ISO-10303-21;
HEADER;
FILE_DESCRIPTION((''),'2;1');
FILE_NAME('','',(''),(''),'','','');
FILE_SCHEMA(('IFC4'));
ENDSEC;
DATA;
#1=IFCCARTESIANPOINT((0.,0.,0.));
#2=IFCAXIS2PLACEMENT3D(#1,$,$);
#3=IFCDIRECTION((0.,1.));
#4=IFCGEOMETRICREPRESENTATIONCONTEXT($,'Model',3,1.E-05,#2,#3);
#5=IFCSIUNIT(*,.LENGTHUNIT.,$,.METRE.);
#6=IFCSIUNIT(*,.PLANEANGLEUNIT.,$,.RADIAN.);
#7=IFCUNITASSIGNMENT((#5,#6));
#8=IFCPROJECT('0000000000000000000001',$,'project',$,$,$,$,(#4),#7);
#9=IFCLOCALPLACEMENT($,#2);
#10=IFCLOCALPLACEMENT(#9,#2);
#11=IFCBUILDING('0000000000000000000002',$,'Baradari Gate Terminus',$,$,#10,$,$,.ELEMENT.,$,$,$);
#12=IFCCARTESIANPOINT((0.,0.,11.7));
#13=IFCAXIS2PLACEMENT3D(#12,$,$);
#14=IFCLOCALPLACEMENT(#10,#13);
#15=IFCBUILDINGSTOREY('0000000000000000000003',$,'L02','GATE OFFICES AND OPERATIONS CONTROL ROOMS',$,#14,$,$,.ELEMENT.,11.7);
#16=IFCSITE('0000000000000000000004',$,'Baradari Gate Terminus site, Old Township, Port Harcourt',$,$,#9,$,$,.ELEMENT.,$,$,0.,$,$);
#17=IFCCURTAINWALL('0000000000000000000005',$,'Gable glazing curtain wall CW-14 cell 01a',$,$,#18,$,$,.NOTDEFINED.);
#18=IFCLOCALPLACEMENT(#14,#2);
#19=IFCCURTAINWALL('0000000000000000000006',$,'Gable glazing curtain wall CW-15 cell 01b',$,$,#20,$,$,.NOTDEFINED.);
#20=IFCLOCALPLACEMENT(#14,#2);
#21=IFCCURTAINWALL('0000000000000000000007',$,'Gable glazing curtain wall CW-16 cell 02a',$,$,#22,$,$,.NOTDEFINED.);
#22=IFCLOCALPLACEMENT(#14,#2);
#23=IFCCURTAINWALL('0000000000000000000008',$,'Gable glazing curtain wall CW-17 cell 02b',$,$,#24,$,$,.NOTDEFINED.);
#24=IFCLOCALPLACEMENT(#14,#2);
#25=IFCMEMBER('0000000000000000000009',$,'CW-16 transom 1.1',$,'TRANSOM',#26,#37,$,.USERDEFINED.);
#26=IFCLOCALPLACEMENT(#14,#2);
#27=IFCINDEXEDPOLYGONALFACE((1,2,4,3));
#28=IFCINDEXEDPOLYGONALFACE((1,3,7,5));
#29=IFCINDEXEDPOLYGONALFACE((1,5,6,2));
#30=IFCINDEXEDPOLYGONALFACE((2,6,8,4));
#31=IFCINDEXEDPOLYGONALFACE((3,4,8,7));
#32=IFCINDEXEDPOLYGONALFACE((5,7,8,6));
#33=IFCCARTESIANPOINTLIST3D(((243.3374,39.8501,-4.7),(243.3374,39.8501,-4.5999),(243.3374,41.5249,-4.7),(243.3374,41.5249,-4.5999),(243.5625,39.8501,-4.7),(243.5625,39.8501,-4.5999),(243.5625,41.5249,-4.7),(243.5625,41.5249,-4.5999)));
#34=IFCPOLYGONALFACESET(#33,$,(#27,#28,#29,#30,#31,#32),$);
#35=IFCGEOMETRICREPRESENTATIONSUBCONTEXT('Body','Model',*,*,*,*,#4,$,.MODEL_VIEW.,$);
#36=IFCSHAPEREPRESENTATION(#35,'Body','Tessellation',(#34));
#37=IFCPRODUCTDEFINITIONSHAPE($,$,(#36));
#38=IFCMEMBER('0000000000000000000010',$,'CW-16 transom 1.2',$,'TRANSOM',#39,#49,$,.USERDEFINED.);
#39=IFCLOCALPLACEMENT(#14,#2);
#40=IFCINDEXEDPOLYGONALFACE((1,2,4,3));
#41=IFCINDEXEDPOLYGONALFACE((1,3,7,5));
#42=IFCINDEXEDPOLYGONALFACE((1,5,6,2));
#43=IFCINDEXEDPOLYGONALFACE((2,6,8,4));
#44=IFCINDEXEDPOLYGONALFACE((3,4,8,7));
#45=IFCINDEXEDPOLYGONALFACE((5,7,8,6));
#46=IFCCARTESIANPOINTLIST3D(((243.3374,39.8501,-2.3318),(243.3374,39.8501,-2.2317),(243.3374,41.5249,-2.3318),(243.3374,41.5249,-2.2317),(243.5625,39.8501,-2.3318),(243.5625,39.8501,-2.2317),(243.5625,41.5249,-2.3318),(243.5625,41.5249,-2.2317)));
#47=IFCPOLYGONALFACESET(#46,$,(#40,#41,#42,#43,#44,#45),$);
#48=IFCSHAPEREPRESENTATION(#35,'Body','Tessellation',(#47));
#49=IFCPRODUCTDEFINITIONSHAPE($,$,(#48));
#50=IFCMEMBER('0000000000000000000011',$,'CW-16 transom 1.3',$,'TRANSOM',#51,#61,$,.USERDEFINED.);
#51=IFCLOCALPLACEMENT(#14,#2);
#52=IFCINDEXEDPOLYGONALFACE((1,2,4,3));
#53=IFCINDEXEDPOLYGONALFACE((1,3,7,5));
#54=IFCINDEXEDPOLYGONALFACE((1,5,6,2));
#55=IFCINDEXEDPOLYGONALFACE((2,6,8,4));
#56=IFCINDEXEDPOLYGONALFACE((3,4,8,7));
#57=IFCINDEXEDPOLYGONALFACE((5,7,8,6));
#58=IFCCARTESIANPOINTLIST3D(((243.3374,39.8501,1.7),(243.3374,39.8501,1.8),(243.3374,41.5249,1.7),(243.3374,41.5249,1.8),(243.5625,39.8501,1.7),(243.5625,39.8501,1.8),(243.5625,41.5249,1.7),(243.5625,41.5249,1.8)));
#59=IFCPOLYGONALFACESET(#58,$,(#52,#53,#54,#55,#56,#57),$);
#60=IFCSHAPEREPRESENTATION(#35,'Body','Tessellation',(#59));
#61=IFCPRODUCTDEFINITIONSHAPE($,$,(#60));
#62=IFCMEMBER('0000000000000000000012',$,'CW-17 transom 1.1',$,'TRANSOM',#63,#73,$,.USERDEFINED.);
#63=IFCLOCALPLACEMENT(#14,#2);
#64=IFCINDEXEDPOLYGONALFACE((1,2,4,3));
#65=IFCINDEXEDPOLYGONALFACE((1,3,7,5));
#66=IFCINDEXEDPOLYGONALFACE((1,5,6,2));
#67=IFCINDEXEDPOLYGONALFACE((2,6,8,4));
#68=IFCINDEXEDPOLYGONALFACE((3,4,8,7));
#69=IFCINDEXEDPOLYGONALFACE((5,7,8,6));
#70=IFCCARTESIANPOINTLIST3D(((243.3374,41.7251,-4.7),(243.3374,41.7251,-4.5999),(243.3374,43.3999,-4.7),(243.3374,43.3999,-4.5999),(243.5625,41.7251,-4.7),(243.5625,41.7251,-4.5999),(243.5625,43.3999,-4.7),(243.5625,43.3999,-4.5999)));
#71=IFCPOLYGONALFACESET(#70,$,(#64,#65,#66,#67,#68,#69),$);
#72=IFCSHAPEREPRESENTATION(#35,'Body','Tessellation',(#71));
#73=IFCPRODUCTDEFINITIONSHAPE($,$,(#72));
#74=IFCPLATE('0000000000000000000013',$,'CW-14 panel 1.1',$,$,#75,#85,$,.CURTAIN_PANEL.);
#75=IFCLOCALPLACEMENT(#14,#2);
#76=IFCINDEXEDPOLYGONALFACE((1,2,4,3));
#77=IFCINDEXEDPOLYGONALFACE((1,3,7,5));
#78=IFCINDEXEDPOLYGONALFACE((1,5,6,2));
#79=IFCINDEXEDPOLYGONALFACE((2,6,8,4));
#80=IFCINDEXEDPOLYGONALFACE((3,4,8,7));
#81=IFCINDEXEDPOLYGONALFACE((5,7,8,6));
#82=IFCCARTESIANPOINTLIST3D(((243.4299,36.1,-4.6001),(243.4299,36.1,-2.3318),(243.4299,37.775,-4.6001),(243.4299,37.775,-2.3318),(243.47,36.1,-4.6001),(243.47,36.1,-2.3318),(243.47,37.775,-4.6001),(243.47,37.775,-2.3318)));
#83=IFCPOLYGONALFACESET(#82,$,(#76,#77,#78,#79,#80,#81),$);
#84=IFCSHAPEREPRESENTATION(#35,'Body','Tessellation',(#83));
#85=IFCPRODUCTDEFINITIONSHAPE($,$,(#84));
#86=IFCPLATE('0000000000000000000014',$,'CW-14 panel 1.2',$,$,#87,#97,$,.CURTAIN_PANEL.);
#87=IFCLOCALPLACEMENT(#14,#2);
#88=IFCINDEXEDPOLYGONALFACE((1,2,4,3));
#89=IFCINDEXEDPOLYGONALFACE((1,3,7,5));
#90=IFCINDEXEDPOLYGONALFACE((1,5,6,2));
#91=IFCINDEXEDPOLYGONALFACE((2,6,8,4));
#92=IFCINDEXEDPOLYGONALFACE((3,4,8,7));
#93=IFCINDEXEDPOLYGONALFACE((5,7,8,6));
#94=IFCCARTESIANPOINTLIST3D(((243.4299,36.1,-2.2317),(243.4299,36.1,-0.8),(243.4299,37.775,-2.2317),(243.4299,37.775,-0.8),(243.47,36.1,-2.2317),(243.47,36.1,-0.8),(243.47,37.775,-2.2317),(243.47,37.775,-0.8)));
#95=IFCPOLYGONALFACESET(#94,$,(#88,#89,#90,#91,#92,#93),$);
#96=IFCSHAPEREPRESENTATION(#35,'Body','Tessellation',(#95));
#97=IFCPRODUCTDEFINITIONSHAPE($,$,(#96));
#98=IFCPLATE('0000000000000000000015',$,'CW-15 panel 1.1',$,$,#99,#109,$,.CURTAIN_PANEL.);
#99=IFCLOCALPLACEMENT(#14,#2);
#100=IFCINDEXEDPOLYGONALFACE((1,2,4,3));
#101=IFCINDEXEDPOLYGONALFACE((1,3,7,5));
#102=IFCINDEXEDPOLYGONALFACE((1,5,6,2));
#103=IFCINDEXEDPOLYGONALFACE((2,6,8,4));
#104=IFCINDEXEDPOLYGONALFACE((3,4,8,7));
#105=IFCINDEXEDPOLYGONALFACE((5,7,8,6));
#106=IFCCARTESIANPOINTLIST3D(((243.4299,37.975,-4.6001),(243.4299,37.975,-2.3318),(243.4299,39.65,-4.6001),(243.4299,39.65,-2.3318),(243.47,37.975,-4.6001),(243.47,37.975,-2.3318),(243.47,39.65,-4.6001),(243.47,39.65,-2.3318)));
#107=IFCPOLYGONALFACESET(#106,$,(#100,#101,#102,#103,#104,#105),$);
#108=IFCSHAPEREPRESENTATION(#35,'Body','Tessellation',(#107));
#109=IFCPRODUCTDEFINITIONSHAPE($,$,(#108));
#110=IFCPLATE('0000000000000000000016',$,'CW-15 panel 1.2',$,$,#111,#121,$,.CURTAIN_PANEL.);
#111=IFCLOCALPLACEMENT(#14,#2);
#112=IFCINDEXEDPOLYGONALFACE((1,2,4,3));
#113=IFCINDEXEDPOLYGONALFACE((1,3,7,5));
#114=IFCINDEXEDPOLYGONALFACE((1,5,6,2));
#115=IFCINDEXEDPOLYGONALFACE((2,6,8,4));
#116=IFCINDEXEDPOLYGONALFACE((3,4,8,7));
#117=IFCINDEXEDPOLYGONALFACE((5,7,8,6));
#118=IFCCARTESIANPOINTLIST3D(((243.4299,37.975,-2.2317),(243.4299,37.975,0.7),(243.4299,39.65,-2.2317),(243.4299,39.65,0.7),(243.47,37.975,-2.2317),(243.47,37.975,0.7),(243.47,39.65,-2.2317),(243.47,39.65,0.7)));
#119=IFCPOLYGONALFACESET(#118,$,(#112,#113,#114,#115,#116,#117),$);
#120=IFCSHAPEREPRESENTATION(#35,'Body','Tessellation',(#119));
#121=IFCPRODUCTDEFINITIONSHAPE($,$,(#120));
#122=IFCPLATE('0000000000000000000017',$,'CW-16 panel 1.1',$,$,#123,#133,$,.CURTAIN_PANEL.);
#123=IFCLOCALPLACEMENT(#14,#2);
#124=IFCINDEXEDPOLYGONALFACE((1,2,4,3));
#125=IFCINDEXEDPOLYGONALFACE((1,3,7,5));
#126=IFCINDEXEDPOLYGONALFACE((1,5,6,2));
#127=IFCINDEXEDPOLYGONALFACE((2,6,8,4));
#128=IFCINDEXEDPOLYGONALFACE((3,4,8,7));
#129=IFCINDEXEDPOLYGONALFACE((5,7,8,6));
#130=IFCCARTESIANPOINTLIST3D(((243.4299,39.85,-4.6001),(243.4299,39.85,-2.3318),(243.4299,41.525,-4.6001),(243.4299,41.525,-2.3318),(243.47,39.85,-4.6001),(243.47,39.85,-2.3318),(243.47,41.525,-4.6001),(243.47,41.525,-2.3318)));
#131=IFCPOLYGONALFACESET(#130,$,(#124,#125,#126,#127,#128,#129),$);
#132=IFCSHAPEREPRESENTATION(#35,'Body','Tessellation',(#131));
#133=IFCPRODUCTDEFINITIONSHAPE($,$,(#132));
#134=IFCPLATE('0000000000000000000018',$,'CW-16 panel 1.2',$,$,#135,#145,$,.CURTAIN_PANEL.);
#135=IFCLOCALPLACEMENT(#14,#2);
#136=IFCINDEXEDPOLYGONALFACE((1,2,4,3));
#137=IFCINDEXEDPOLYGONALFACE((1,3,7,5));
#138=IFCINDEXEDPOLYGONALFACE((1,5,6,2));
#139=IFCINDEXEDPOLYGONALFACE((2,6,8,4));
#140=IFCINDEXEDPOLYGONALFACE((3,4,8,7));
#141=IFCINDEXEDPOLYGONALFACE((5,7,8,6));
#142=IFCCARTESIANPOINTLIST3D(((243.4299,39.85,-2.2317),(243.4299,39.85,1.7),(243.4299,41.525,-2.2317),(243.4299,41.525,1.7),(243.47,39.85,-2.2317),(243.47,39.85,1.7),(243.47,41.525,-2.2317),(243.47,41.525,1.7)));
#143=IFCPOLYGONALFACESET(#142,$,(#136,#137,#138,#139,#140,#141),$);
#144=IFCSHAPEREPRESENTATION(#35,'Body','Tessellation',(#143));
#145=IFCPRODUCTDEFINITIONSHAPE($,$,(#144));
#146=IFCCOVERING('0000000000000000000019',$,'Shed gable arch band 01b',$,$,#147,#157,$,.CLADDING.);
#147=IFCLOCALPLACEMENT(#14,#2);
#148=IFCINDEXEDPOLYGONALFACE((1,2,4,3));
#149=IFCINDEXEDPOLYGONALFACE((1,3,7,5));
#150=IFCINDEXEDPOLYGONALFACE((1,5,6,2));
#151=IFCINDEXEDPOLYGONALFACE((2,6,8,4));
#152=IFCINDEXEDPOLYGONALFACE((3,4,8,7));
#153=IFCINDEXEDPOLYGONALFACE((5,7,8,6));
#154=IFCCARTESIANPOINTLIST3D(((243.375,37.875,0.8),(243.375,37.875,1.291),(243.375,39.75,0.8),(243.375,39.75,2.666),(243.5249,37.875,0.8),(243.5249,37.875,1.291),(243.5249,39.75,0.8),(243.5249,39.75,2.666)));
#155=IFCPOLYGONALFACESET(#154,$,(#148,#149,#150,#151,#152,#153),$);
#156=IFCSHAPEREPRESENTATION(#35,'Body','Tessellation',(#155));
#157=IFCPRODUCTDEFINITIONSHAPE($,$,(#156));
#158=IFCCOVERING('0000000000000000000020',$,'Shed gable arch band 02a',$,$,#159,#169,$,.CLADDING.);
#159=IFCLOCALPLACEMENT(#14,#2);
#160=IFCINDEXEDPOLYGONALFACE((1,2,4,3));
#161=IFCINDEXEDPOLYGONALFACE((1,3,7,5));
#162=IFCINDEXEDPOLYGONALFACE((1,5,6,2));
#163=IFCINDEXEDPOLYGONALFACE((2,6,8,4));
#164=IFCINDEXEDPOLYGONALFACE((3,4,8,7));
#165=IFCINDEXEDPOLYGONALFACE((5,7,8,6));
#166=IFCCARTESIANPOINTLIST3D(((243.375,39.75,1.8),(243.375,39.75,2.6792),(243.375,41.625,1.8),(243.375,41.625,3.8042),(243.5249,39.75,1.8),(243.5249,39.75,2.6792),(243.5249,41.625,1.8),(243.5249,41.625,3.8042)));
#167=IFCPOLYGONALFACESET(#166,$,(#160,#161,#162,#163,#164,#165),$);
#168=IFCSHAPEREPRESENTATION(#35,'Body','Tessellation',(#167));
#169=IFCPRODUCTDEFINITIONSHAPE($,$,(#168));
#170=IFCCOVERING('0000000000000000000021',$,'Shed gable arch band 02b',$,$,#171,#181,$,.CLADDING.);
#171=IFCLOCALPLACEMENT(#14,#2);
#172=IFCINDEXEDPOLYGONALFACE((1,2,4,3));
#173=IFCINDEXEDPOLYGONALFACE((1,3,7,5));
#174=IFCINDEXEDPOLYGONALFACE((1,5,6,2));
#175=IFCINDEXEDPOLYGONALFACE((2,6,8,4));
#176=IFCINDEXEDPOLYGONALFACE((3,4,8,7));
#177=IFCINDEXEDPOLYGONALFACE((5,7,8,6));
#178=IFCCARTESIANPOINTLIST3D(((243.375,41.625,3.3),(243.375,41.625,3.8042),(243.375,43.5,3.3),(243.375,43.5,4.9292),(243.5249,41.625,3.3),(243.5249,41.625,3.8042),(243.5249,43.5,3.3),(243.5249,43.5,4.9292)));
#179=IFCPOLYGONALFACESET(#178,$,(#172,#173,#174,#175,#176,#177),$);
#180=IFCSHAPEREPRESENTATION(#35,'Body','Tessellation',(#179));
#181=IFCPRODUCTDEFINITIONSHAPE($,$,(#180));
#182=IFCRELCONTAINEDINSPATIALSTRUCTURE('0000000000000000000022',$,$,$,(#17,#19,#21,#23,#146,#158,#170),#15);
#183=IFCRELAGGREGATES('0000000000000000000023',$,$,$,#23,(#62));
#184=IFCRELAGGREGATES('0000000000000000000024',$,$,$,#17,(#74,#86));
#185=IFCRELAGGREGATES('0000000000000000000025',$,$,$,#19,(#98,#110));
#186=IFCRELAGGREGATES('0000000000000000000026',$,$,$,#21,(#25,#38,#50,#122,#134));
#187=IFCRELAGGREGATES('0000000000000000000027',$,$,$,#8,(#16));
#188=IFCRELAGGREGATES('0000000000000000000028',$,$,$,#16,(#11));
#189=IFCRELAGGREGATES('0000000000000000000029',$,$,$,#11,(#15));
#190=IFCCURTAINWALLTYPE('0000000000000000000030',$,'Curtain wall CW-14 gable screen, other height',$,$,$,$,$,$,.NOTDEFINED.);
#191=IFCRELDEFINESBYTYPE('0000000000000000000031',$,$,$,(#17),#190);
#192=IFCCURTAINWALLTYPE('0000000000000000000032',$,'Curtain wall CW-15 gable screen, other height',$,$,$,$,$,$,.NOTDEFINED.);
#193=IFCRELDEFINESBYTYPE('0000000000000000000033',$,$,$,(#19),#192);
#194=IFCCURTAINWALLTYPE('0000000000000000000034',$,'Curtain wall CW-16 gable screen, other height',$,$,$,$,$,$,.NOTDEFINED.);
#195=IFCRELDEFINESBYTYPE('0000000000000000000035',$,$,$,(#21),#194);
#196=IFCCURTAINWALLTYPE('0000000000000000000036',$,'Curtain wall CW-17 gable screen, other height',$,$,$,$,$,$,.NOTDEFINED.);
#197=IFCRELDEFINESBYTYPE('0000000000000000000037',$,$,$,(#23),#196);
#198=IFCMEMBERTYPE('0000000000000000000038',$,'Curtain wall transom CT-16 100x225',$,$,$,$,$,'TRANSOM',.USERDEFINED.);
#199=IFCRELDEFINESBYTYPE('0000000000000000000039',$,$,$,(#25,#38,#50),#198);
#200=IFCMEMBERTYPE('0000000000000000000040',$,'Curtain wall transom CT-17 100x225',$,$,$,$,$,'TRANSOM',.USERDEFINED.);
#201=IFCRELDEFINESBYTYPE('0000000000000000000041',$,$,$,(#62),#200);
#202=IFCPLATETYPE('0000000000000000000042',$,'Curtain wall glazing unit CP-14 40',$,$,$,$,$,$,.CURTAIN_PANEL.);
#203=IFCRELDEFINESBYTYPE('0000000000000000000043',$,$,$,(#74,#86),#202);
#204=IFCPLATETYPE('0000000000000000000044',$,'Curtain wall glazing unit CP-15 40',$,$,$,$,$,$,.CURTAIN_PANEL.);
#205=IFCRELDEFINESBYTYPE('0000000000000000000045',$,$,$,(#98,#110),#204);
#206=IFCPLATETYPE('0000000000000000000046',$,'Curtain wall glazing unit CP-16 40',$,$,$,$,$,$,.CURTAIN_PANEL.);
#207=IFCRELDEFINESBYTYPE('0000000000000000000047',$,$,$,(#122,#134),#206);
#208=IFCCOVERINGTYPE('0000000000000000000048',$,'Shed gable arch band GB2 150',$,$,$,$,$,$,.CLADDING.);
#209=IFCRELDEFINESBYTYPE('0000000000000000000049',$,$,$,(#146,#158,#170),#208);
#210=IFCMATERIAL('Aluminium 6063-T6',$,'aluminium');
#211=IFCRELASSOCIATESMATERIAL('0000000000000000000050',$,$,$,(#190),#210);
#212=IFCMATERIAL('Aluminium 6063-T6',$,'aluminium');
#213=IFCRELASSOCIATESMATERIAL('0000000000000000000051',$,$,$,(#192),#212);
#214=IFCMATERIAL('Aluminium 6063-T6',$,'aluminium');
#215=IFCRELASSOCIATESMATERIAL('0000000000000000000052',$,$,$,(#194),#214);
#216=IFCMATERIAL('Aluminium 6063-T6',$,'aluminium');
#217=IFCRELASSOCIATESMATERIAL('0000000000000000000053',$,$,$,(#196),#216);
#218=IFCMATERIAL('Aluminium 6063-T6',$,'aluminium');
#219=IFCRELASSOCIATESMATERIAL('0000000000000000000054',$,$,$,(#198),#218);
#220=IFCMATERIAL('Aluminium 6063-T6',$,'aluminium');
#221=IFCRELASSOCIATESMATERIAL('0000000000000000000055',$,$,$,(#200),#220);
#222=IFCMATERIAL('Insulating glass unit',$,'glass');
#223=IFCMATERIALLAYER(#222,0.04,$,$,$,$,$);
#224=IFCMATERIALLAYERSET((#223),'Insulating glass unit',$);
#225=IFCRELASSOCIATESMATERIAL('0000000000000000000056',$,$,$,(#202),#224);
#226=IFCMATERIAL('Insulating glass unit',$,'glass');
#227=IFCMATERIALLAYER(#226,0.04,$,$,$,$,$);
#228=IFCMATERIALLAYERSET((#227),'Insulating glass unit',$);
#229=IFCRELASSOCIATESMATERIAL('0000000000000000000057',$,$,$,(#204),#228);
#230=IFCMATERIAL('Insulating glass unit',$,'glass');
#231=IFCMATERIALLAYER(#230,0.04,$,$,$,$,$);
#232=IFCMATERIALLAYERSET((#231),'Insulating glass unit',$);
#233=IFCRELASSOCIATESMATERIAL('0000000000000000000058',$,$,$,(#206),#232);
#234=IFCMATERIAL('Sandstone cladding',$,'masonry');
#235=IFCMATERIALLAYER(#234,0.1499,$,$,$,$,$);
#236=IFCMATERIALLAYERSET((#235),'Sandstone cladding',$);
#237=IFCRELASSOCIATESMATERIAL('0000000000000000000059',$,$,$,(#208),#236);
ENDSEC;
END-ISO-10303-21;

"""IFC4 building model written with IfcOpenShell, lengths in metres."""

from ifc_helpers import new_model, si_unit, direction, frame, origin, origin_2d, place, context, subcontext, project, spatial, polyline, rectangle, outline, extrude, material, layer, layer_set, material_profile, profile_set, type_object, element, aggregate, save


model = new_model("IFC4")

# Units and contexts
model_context = context("Model", 3, precision=1e-05, world=origin(), true_north=direction((0.0, 1.0)))
body_context = subcontext(model_context, "Body", "Model", "MODEL_VIEW")
ifc_project = project(units=[si_unit("LENGTHUNIT", "METRE"), si_unit("PLANEANGLEUNIT", "RADIAN")], contexts=[model_context])

# Site, building, storey
site_placement = place(None, origin())
site = spatial("IfcSite", under=ifc_project, at=site_placement, Name="Baradari Gate Terminus site, Old Township, Port Harcourt", CompositionType="ELEMENT", RefElevation=0.0)
building_placement = place(site_placement, origin())
building = spatial("IfcBuilding", under=site, at=building_placement, Name="Baradari Gate Terminus", CompositionType="ELEMENT")
storey_placement = place(building_placement, frame((0.0, 0.0, 11.7)))
storey = spatial("IfcBuildingStorey", under=building, at=storey_placement, Name="L02", Description="GATE OFFICES AND OPERATIONS CONTROL ROOMS", CompositionType="ELEMENT", Elevation=11.7)

# Curtain walls
ifc_material_1 = material(Name="Aluminium 6063-T6", Category="aluminium")
curtain_wall_type_1 = type_object("IfcCurtainWallType", Name="Curtain wall CW-14 gable screen, other height", PredefinedType="NOTDEFINED", material=ifc_material_1)
curtain_wall_1_placement = place(storey_placement, origin())
curtain_wall_1 = element("IfcCurtainWall", 1, at=curtain_wall_1_placement, inside=storey, type_object=curtain_wall_type_1, Name="Gable glazing curtain wall CW-14 cell 01a", PredefinedType="NOTDEFINED")
ifc_material_2 = material(Name="Aluminium 6063-T6", Category="aluminium")
curtain_wall_type_2 = type_object("IfcCurtainWallType", Name="Curtain wall CW-15 gable screen, other height", PredefinedType="NOTDEFINED", material=ifc_material_2)
curtain_wall_2_placement = place(storey_placement, origin())
curtain_wall_2 = element("IfcCurtainWall", 2, at=curtain_wall_2_placement, inside=storey, type_object=curtain_wall_type_2, Name="Gable glazing curtain wall CW-15 cell 01b", PredefinedType="NOTDEFINED")
ifc_material_3 = material(Name="Aluminium 6063-T6", Category="aluminium")
curtain_wall_type_3 = type_object("IfcCurtainWallType", Name="Curtain wall CW-16 gable screen, other height", PredefinedType="NOTDEFINED", material=ifc_material_3)
curtain_wall_3_placement = place(storey_placement, origin())
curtain_wall_3 = element("IfcCurtainWall", 3, at=curtain_wall_3_placement, inside=storey, type_object=curtain_wall_type_3, Name="Gable glazing curtain wall CW-16 cell 02a", PredefinedType="NOTDEFINED")

# Curtain wall
ifc_material_4 = material(Name="Aluminium 6063-T6", Category="aluminium")
curtain_wall_type_4 = type_object("IfcCurtainWallType", Name="Curtain wall CW-17 gable screen, other height", PredefinedType="NOTDEFINED", material=ifc_material_4)
curtain_wall_4_placement = place(storey_placement, origin())
curtain_wall_4 = element("IfcCurtainWall", 4, at=curtain_wall_4_placement, inside=storey, type_object=curtain_wall_type_4, Name="Gable glazing curtain wall CW-17 cell 02b", PredefinedType="NOTDEFINED")

# Members
ifc_material_5 = material(Name="Aluminium 6063-T6", Category="aluminium")
ifc_material_profile_1 = material_profile(ifc_material_5, rectangle(XDim=0.2251, YDim=0.1001, at=origin_2d()), Name="CT-16 100X225")
ifc_profile_set_1 = profile_set([ifc_material_profile_1], Name="Aluminium 6063-T6")
member_type_1 = type_object("IfcMemberType", Name="Curtain wall transom CT-16 100x225", ElementType="TRANSOM", PredefinedType="USERDEFINED", material=ifc_profile_set_1)
member_1_placement = place(storey_placement, frame((243.45, 39.8501, -4.6499), z_axis=(0.0, 1.0, 0.0), x_axis=(-1.0, 0.0, 0.0)))
member_1 = element("IfcMember", 5, at=member_1_placement, type_object=member_type_1, Name="CW-16 transom 1.1", ObjectType="TRANSOM", PredefinedType="USERDEFINED", context=body_context, shape_type="SweptSolid", body=[
    extrude(rectangle(XDim=0.2251, YDim=0.1001, at=origin_2d()), origin(), (0.0, 0.0, 1.0), 1.6748),
])
member_2_placement = place(storey_placement, frame((243.45, 39.8501, -2.2817), z_axis=(0.0, 1.0, 0.0), x_axis=(-1.0, 0.0, 0.0)))
member_2 = element("IfcMember", 6, at=member_2_placement, type_object=member_type_1, Name="CW-16 transom 1.2", ObjectType="TRANSOM", PredefinedType="USERDEFINED", context=body_context, shape_type="SweptSolid", body=[
    extrude(rectangle(XDim=0.2251, YDim=0.1001, at=origin_2d()), origin(), (0.0, 0.0, 1.0), 1.6748),
])
member_3_placement = place(storey_placement, frame((243.45, 39.8501, 1.75), z_axis=(0.0, 1.0, 0.0), x_axis=(-1.0, 0.0, 0.0)))
member_3 = element("IfcMember", 7, at=member_3_placement, type_object=member_type_1, Name="CW-16 transom 1.3", ObjectType="TRANSOM", PredefinedType="USERDEFINED", context=body_context, shape_type="SweptSolid", body=[
    extrude(rectangle(XDim=0.2251, YDim=0.1001, at=origin_2d()), origin(), (0.0, 0.0, 1.0), 1.6748),
])
ifc_material_6 = material(Name="Aluminium 6063-T6", Category="aluminium")
ifc_material_profile_2 = material_profile(ifc_material_6, rectangle(XDim=0.2251, YDim=0.1001, at=origin_2d()), Name="CT-17 100X225")
ifc_profile_set_2 = profile_set([ifc_material_profile_2], Name="Aluminium 6063-T6")
member_type_2 = type_object("IfcMemberType", Name="Curtain wall transom CT-17 100x225", ElementType="TRANSOM", PredefinedType="USERDEFINED", material=ifc_profile_set_2)
member_4_placement = place(storey_placement, frame((243.45, 41.7251, -4.6499), z_axis=(0.0, 1.0, 0.0), x_axis=(-1.0, 0.0, 0.0)))
member_4 = element("IfcMember", 8, at=member_4_placement, type_object=member_type_2, Name="CW-17 transom 1.1", ObjectType="TRANSOM", PredefinedType="USERDEFINED", context=body_context, shape_type="SweptSolid", body=[
    extrude(rectangle(XDim=0.2251, YDim=0.1001, at=origin_2d()), origin(), (0.0, 0.0, 1.0), 1.6748),
])
aggregate(curtain_wall_4, [member_4])

# Plates
ifc_material_7 = material(Name="Insulating glass unit", Category="glass")
ifc_layer_1 = layer(ifc_material_7, 0.04)
ifc_layer_set_1 = layer_set([ifc_layer_1], Name="Insulating glass unit")
plate_type_1 = type_object("IfcPlateType", Name="Curtain wall glazing unit CP-14 40", PredefinedType="CURTAIN_PANEL", material=ifc_layer_set_1)
plate_1_placement = place(storey_placement, frame((243.45, 36.9375, -4.6001), z_axis=(0.0, 0.0, 1.0), x_axis=(0.0, 1.0, 0.0)))
plate_1 = element("IfcPlate", 9, at=plate_1_placement, type_object=plate_type_1, Name="CW-14 panel 1.1", PredefinedType="CURTAIN_PANEL", context=body_context, shape_type="SweptSolid", body=[
    extrude(rectangle(XDim=1.675, YDim=0.04, at=origin_2d()), origin(), (0.0, 0.0, 1.0), 2.2683),
])
plate_2_placement = place(storey_placement, frame((243.45, 36.9375, -2.2317), z_axis=(0.0, 0.0, 1.0), x_axis=(0.0, 1.0, 0.0)))
plate_2 = element("IfcPlate", 10, at=plate_2_placement, type_object=plate_type_1, Name="CW-14 panel 1.2", PredefinedType="CURTAIN_PANEL", context=body_context, shape_type="SweptSolid", body=[
    extrude(rectangle(XDim=1.675, YDim=0.04, at=origin_2d()), origin(), (0.0, 0.0, 1.0), 1.4316),
])
aggregate(curtain_wall_1, [plate_1, plate_2])
ifc_material_8 = material(Name="Insulating glass unit", Category="glass")
ifc_layer_2 = layer(ifc_material_8, 0.04)
ifc_layer_set_2 = layer_set([ifc_layer_2], Name="Insulating glass unit")
plate_type_2 = type_object("IfcPlateType", Name="Curtain wall glazing unit CP-15 40", PredefinedType="CURTAIN_PANEL", material=ifc_layer_set_2)
plate_3_placement = place(storey_placement, frame((243.45, 38.8125, -4.6001), z_axis=(0.0, 0.0, 1.0), x_axis=(0.0, 1.0, 0.0)))
plate_3 = element("IfcPlate", 11, at=plate_3_placement, type_object=plate_type_2, Name="CW-15 panel 1.1", PredefinedType="CURTAIN_PANEL", context=body_context, shape_type="SweptSolid", body=[
    extrude(rectangle(XDim=1.675, YDim=0.04, at=origin_2d()), origin(), (0.0, 0.0, 1.0), 2.2683),
])
plate_4_placement = place(storey_placement, frame((243.45, 38.8125, -2.2317), z_axis=(0.0, 0.0, 1.0), x_axis=(0.0, 1.0, 0.0)))
plate_4 = element("IfcPlate", 12, at=plate_4_placement, type_object=plate_type_2, Name="CW-15 panel 1.2", PredefinedType="CURTAIN_PANEL", context=body_context, shape_type="SweptSolid", body=[
    extrude(rectangle(XDim=1.675, YDim=0.04, at=origin_2d()), origin(), (0.0, 0.0, 1.0), 2.9316),
])
aggregate(curtain_wall_2, [plate_3, plate_4])
ifc_material_9 = material(Name="Insulating glass unit", Category="glass")
ifc_layer_3 = layer(ifc_material_9, 0.04)
ifc_layer_set_3 = layer_set([ifc_layer_3], Name="Insulating glass unit")
plate_type_3 = type_object("IfcPlateType", Name="Curtain wall glazing unit CP-16 40", PredefinedType="CURTAIN_PANEL", material=ifc_layer_set_3)
plate_5_placement = place(storey_placement, frame((243.45, 40.6875, -4.6001), z_axis=(0.0, 0.0, 1.0), x_axis=(0.0, 1.0, 0.0)))
plate_5 = element("IfcPlate", 13, at=plate_5_placement, type_object=plate_type_3, Name="CW-16 panel 1.1", PredefinedType="CURTAIN_PANEL", context=body_context, shape_type="SweptSolid", body=[
    extrude(rectangle(XDim=1.675, YDim=0.04, at=origin_2d()), origin(), (0.0, 0.0, 1.0), 2.2683),
])
plate_6_placement = place(storey_placement, frame((243.45, 40.6875, -2.2317), z_axis=(0.0, 0.0, 1.0), x_axis=(0.0, 1.0, 0.0)))
plate_6 = element("IfcPlate", 14, at=plate_6_placement, type_object=plate_type_3, Name="CW-16 panel 1.2", PredefinedType="CURTAIN_PANEL", context=body_context, shape_type="SweptSolid", body=[
    extrude(rectangle(XDim=1.675, YDim=0.04, at=origin_2d()), origin(), (0.0, 0.0, 1.0), 3.9316),
])
aggregate(curtain_wall_3, [member_1, member_2, member_3, plate_5, plate_6])

# Coverings
ifc_material_10 = material(Name="Sandstone cladding", Category="masonry")
ifc_layer_4 = layer(ifc_material_10, 0.1499)
ifc_layer_set_4 = layer_set([ifc_layer_4], Name="Sandstone cladding")
covering_type = type_object("IfcCoveringType", Name="Shed gable arch band GB2 150", PredefinedType="CLADDING", material=ifc_layer_set_4)
covering_1_placement = place(storey_placement, frame((243.45, 37.875, 0.8), z_axis=(0.0, 0.0, 1.0), x_axis=(0.0, 1.0, 0.0)))
element("IfcCovering", 15, at=covering_1_placement, inside=storey, type_object=covering_type, Name="Shed gable arch band 01b", PredefinedType="CLADDING", context=body_context, shape_type="SweptSolid", body=[
    extrude(outline(polyline([(1.875, 0.0), (1.875, 1.866), (0.0, 0.491), (0.0, 0.0), (1.875, 0.0)])), frame((0.0, 0.075, 0.0), z_axis=(0.0, -1.0, 0.0), x_axis=(1.0, 0.0, 0.0)), (0.0, 0.0, 1.0), 0.1499),
])
covering_2_placement = place(storey_placement, frame((243.45, 39.75, 1.8), z_axis=(0.0, 0.0, 1.0), x_axis=(0.0, 1.0, 0.0)))
element("IfcCovering", 16, at=covering_2_placement, inside=storey, type_object=covering_type, Name="Shed gable arch band 02a", PredefinedType="CLADDING", context=body_context, shape_type="SweptSolid", body=[
    extrude(outline(polyline([(1.875, 0.0), (1.875, 2.0042), (0.0, 0.8792), (0.0, 0.0), (1.875, 0.0)])), frame((0.0, 0.075, 0.0), z_axis=(0.0, -1.0, 0.0), x_axis=(1.0, 0.0, 0.0)), (0.0, 0.0, 1.0), 0.1499),
])
covering_3_placement = place(storey_placement, frame((243.45, 41.625, 3.3), z_axis=(0.0, 0.0, 1.0), x_axis=(0.0, 1.0, 0.0)))
element("IfcCovering", 17, at=covering_3_placement, inside=storey, type_object=covering_type, Name="Shed gable arch band 02b", PredefinedType="CLADDING", context=body_context, shape_type="SweptSolid", body=[
    extrude(outline(polyline([(1.875, 0.0), (1.875, 1.6292), (0.0, 0.5042), (0.0, 0.0), (1.875, 0.0)])), frame((0.0, 0.075, 0.0), z_axis=(0.0, -1.0, 0.0), x_axis=(1.0, 0.0, 0.0)), (0.0, 0.0, 1.0), 0.1499),
])

save(model, "model.ifc")
